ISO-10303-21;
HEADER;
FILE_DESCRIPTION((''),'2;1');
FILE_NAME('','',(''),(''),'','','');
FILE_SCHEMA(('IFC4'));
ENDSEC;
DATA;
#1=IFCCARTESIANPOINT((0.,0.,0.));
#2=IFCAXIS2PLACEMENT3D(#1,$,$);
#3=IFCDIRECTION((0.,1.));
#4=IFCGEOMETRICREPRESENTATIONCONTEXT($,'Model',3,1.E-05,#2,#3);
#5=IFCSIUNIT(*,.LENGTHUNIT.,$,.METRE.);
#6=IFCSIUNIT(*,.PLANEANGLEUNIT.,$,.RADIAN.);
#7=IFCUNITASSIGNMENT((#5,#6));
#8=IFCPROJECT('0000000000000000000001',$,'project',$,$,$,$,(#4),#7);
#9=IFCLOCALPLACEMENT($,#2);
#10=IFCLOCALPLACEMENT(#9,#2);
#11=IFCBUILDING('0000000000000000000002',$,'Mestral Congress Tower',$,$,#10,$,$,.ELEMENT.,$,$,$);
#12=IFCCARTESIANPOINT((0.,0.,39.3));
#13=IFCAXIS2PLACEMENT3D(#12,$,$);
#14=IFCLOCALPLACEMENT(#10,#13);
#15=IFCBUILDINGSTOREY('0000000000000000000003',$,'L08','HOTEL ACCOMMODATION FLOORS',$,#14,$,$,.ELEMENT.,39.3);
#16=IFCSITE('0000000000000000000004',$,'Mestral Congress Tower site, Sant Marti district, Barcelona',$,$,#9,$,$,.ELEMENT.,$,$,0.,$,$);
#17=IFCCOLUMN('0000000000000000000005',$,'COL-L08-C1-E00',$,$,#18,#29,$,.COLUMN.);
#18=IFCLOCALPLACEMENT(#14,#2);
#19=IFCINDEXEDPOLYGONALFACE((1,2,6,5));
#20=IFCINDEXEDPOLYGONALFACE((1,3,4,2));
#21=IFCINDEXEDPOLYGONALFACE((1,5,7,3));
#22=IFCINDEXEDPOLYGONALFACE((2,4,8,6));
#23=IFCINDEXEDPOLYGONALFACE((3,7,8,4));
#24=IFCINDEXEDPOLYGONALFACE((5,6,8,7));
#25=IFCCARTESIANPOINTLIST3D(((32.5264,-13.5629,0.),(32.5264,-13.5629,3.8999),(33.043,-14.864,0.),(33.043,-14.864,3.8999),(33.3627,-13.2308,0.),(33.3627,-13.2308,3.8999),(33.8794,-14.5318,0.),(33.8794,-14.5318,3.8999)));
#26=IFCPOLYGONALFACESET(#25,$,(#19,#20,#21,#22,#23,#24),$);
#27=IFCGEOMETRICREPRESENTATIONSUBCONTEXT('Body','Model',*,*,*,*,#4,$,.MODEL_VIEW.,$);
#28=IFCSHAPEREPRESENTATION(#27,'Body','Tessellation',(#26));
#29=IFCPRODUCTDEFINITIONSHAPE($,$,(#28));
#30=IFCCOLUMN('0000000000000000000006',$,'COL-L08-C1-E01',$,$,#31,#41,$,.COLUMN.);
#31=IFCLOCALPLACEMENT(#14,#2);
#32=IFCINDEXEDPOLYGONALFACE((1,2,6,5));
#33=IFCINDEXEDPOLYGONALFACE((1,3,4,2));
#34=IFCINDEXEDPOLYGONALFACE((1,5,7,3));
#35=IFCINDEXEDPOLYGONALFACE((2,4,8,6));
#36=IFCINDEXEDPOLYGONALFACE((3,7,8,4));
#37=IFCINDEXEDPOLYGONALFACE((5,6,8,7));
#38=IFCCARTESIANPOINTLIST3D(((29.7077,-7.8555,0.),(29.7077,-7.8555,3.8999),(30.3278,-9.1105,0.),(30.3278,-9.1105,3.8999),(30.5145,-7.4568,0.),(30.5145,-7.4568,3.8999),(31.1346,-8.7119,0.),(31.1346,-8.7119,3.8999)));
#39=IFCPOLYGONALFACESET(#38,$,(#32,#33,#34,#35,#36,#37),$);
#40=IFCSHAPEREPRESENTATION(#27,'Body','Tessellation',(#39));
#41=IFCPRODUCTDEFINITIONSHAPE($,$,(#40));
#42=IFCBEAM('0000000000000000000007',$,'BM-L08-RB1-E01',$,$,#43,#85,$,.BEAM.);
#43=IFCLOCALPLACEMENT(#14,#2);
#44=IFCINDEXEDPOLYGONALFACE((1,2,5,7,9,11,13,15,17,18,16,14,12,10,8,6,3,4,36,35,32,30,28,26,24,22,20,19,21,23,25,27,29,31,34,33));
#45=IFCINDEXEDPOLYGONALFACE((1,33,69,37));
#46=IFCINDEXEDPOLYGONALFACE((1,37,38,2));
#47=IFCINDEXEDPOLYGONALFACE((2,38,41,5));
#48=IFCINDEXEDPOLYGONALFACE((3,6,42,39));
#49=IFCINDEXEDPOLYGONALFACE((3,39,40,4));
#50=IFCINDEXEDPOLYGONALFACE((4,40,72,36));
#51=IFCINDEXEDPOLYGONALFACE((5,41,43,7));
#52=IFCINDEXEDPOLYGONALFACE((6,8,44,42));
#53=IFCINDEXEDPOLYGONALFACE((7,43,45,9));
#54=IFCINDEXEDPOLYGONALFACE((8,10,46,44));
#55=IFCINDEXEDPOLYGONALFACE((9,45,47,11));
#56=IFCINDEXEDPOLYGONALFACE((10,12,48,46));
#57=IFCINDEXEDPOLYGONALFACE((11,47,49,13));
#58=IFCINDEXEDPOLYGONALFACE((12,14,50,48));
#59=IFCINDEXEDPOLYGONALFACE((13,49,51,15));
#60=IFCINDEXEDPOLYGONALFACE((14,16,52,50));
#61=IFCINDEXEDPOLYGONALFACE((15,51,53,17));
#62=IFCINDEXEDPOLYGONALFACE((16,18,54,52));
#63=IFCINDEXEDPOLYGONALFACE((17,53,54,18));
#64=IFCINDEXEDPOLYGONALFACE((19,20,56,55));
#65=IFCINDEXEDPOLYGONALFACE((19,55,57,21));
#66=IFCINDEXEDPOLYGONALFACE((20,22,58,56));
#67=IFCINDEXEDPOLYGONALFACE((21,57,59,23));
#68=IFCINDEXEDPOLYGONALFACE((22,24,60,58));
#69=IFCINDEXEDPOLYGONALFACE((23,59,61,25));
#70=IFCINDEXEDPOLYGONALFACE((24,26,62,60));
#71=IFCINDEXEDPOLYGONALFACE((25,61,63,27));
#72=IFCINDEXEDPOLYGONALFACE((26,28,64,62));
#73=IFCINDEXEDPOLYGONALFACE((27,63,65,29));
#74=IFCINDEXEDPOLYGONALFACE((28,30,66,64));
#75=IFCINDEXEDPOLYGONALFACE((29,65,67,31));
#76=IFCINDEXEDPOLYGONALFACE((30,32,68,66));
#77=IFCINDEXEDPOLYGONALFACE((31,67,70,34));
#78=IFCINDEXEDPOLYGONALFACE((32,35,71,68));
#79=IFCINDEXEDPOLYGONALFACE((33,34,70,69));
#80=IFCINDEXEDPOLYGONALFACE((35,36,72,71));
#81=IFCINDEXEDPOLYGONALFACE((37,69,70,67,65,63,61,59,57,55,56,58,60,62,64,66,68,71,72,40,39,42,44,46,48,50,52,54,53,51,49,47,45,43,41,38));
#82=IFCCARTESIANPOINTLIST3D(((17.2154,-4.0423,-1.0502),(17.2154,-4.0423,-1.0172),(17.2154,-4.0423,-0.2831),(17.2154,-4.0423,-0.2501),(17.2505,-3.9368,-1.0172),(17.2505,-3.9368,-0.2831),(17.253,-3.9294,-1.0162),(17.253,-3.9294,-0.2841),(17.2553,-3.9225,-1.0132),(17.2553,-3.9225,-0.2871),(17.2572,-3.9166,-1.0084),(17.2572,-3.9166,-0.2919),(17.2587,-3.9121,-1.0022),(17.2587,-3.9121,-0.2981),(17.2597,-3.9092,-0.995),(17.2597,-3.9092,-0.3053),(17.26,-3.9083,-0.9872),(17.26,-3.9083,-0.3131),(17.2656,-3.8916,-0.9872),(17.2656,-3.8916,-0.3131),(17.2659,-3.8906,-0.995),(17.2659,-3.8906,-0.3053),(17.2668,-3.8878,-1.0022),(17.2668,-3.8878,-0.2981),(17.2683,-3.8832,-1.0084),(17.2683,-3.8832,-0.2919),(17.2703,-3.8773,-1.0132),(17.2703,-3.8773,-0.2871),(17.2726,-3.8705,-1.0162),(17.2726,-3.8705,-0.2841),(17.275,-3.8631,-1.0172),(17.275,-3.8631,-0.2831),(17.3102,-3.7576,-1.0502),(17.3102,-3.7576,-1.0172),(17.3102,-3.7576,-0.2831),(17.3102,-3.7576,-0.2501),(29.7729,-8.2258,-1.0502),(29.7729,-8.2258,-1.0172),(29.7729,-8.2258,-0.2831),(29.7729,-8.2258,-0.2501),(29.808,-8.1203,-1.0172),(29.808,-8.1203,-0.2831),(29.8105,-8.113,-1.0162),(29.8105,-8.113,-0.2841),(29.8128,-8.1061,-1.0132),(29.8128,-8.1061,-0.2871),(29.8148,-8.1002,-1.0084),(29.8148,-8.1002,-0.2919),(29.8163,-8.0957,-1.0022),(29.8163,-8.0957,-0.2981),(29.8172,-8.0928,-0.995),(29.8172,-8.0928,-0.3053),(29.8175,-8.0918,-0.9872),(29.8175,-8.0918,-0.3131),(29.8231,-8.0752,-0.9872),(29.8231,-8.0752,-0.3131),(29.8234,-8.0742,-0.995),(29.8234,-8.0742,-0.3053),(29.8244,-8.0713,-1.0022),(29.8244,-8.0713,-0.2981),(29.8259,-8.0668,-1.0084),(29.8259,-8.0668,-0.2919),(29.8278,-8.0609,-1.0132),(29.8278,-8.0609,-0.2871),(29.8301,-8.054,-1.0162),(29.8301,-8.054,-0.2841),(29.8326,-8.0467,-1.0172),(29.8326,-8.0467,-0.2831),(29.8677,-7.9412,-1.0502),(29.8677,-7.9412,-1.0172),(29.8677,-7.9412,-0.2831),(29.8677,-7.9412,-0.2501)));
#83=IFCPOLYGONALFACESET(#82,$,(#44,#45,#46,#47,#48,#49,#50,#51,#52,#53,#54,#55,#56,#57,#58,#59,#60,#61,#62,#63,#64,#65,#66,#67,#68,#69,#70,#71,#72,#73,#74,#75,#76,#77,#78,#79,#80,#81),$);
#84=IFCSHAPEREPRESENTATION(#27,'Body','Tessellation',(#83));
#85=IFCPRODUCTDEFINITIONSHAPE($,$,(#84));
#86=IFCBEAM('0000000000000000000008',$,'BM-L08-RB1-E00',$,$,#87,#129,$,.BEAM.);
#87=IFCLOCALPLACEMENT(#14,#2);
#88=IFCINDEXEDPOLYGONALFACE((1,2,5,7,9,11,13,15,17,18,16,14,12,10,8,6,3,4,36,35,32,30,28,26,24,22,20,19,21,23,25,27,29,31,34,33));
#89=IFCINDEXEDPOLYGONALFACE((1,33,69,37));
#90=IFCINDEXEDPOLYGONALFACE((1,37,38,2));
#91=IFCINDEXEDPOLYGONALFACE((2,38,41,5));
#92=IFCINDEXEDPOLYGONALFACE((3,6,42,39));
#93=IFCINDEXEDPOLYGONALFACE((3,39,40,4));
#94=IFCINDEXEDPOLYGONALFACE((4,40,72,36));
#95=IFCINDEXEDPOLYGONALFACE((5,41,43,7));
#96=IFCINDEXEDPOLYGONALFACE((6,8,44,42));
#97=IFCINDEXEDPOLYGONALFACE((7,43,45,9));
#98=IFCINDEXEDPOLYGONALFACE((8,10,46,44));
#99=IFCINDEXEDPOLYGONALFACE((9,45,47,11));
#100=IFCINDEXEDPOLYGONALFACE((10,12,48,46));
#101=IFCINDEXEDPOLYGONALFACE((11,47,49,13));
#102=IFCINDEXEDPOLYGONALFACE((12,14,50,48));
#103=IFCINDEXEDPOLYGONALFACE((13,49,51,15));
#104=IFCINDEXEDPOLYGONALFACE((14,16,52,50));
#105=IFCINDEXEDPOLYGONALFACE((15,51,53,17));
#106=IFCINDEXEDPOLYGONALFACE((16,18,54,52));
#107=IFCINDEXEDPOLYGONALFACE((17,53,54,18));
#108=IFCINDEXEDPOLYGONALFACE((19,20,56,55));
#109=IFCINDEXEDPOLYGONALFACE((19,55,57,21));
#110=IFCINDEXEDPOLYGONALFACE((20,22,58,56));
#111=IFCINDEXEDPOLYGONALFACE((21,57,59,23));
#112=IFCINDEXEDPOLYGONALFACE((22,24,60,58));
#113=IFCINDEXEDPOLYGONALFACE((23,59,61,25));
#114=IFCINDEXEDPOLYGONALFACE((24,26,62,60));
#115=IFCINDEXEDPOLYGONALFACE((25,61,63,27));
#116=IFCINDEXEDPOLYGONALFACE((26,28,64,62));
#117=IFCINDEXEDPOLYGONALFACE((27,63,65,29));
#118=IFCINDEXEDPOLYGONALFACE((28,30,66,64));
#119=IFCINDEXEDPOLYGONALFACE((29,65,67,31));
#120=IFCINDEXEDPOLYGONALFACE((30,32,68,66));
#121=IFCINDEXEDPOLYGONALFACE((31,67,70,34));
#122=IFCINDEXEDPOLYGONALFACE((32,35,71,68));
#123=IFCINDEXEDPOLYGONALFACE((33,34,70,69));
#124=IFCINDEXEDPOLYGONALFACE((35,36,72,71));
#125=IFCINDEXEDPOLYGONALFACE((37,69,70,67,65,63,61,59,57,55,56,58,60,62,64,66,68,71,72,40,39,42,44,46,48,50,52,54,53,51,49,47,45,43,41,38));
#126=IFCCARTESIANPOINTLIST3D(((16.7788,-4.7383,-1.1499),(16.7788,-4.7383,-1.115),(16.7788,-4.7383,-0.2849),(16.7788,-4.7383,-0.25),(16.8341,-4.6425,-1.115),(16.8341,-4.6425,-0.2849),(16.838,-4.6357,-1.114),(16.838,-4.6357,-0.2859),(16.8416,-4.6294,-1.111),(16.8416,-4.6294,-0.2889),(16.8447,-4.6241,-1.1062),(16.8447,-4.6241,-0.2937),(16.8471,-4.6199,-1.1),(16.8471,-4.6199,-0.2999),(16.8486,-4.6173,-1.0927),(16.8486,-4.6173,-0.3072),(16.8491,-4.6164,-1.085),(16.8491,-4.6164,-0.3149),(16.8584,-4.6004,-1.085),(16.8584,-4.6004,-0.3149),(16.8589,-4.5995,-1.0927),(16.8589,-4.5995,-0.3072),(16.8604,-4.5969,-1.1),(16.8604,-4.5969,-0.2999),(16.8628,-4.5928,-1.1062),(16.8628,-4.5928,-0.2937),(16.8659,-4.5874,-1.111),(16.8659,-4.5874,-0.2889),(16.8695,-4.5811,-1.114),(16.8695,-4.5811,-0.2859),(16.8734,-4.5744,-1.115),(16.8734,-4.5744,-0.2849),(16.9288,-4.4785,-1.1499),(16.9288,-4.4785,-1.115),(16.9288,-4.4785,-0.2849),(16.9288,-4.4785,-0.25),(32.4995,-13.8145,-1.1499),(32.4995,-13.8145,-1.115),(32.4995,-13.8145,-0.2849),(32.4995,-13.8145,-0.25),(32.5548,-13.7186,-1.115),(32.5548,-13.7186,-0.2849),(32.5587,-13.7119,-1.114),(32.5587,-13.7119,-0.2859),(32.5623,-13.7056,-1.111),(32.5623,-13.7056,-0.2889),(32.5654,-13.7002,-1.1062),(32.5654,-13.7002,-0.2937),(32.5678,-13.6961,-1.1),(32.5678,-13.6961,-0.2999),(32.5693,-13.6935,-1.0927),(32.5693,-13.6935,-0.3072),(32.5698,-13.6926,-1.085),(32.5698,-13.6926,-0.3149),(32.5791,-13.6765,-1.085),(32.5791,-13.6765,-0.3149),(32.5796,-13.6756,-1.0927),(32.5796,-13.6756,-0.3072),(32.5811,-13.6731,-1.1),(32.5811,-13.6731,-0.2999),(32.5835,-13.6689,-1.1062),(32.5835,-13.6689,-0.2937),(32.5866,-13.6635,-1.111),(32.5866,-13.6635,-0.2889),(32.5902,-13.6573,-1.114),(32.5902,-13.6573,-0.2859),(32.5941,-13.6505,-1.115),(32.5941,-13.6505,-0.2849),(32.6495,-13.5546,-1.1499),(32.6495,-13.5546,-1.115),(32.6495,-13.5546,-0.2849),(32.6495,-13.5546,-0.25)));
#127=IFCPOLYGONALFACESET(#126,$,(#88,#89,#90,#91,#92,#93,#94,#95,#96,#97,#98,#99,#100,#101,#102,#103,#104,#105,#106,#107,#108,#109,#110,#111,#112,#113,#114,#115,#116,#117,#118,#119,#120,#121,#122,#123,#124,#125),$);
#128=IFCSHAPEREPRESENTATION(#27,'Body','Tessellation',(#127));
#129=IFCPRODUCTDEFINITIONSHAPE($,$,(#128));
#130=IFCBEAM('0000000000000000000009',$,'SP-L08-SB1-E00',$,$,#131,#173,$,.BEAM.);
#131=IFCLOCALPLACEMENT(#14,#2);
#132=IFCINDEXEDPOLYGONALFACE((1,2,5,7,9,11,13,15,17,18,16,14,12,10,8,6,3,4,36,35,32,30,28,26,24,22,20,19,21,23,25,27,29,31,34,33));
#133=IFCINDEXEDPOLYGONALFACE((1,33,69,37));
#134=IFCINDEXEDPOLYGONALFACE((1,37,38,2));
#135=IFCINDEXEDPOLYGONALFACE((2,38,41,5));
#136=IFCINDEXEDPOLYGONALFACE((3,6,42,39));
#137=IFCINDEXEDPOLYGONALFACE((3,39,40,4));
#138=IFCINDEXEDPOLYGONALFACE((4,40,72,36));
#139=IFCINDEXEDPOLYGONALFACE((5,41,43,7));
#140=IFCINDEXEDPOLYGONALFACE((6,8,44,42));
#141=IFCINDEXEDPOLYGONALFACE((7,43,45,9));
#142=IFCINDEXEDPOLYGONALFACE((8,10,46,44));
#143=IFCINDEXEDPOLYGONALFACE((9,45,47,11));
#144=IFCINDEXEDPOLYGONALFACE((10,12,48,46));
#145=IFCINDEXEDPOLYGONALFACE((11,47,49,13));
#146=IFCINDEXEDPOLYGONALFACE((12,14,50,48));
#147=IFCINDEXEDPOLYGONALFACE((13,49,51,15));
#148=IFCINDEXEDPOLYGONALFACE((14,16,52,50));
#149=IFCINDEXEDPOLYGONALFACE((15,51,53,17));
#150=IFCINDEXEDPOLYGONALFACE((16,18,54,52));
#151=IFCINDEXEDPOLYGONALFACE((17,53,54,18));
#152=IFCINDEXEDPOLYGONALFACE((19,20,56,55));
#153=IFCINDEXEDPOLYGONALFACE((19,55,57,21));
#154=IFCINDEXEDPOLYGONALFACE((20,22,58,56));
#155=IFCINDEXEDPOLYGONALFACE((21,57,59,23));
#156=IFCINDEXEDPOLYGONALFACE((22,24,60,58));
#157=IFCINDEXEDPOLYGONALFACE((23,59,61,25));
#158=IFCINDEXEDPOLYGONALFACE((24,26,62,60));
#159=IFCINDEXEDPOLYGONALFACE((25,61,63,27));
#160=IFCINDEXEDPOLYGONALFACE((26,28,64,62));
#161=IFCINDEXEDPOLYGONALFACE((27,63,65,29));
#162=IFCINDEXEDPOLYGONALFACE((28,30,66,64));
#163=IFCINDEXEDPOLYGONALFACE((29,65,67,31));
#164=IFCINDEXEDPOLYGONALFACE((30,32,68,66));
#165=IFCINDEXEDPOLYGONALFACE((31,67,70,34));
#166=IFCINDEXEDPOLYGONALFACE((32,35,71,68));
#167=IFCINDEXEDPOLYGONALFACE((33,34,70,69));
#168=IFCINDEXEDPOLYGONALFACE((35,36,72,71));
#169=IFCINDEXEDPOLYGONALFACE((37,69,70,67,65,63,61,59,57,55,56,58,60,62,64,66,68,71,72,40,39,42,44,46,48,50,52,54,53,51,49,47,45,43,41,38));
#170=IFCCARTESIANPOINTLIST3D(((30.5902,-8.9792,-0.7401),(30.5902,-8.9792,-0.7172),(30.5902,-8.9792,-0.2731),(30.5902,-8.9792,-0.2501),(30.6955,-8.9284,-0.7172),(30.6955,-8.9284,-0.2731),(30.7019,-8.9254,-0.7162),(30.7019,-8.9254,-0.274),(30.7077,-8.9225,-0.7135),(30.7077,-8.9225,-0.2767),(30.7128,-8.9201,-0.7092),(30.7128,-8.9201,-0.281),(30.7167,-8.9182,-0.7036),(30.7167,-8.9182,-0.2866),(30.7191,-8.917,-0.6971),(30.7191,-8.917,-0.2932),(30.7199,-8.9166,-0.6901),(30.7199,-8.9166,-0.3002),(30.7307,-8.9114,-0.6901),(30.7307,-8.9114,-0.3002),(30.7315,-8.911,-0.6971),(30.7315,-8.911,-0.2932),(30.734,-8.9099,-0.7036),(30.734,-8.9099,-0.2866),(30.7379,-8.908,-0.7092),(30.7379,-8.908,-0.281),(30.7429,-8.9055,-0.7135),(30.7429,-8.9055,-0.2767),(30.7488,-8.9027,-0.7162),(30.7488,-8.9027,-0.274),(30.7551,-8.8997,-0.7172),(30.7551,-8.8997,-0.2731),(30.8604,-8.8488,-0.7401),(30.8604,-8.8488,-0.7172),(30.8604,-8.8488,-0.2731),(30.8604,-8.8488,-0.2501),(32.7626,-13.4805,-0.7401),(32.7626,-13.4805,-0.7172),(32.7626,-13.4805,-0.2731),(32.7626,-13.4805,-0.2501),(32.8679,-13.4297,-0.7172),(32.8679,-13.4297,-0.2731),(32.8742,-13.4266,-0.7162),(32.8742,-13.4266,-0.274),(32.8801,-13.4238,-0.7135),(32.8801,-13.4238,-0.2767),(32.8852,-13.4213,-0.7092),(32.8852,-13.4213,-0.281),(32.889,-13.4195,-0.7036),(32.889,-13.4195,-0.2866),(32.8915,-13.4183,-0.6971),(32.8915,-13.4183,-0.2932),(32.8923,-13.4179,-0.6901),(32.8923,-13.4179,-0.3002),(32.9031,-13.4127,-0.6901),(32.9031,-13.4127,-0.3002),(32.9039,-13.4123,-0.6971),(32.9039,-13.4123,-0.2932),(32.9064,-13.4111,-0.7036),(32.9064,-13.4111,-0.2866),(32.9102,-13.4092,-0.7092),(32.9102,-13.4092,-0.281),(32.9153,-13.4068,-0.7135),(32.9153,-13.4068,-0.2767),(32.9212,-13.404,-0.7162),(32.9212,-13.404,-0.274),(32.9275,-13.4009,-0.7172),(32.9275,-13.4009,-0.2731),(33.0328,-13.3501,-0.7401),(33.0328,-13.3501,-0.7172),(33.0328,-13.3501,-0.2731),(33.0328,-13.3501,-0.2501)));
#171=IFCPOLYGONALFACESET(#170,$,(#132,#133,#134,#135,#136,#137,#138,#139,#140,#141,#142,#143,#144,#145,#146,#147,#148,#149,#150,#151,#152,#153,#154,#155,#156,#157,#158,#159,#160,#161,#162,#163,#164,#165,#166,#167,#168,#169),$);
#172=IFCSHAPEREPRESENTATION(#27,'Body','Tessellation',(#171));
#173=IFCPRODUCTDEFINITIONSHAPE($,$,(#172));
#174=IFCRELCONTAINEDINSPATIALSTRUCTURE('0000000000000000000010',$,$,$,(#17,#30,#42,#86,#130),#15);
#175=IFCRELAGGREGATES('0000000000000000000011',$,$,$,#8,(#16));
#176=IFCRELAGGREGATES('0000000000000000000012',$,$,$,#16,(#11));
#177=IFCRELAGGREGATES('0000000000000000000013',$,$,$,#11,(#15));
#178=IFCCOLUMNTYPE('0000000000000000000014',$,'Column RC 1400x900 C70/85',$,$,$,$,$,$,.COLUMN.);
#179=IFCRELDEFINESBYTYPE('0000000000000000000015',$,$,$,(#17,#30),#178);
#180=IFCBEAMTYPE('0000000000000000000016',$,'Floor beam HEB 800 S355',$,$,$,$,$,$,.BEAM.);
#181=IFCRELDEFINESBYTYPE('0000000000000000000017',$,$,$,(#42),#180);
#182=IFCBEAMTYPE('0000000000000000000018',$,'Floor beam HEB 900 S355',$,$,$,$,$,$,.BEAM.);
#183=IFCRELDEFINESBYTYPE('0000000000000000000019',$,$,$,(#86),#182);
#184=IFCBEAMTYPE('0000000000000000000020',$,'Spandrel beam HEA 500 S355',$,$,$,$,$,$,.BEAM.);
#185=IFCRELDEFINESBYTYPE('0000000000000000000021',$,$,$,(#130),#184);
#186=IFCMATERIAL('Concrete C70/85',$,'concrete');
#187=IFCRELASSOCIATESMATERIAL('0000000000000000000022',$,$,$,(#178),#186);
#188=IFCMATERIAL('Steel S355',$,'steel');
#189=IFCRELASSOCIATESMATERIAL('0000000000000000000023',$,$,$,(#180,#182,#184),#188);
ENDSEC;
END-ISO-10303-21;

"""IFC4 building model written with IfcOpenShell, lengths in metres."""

from ifc_helpers import new_model, si_unit, direction, frame, origin, origin_2d, place, context, subcontext, project, spatial, rectangle, i_section, extrude, material, material_profile, profile_set, type_object, element, save


model = new_model("IFC4")

# Units and contexts
model_context = context("Model", 3, precision=1e-05, world=origin(), true_north=direction((0.0, 1.0)))
body_context = subcontext(model_context, "Body", "Model", "MODEL_VIEW")
ifc_project = project(units=[si_unit("LENGTHUNIT", "METRE"), si_unit("PLANEANGLEUNIT", "RADIAN")], contexts=[model_context])

# Site, building, storey
site_placement = place(None, origin())
site = spatial("IfcSite", under=ifc_project, at=site_placement, Name="Mestral Congress Tower site, Sant Marti district, Barcelona", CompositionType="ELEMENT", RefElevation=0.0)
building_placement = place(site_placement, origin())
building = spatial("IfcBuilding", under=site, at=building_placement, Name="Mestral Congress Tower", CompositionType="ELEMENT")
storey_placement = place(building_placement, frame((0.0, 0.0, 39.3)))
storey = spatial("IfcBuildingStorey", under=building, at=storey_placement, Name="L08", Description="HOTEL ACCOMMODATION FLOORS", CompositionType="ELEMENT", Elevation=39.3)

# Columns
ifc_material_1 = material(Name="Concrete C70/85", Category="concrete")
ifc_material_profile_1 = material_profile(ifc_material_1, rectangle(XDim=1.3999, YDim=0.8999, at=origin_2d()), Name="RC 1400x900")
ifc_profile_set_1 = profile_set([ifc_material_profile_1], Name="Concrete C70/85")
column_type = type_object("IfcColumnType", Name="Column RC 1400x900 C70/85", PredefinedType="COLUMN", material=ifc_profile_set_1)
for number, where, z_axis, x_axis, name in (
    (1, (33.2029, -14.0474, 0.0), (0.0, 0.0, 1.0), (-0.36909, 0.929394, 0.0), "COL-L08-C1-E00"),
    (2, (30.4211, -8.2837, 0.0), (0.0, 0.0, 1.0), (-0.442959, 0.896542, 0.0), "COL-L08-C1-E01"),
):
    element("IfcColumn", number, at=place(storey_placement, frame(where, z_axis=z_axis, x_axis=x_axis)), inside=storey, type_object=column_type, Name=name, PredefinedType="COLUMN", context=body_context, shape_type="SweptSolid", body=[
        extrude(rectangle(XDim=1.3999, YDim=0.8999, at=origin_2d()), origin(), (0.0, 0.0, 1.0), 3.8999),
    ])

# Beams
ifc_material_2 = material(Name="Steel S355", Category="steel")
ifc_material_profile_2 = material_profile(ifc_material_2, i_section(OverallWidth=0.3, OverallDepth=0.8, WebThickness=0.0176, FlangeThickness=0.033, FilletRadius=0.03, at=origin_2d()), Name="HEB 800")
ifc_profile_set_2 = profile_set([ifc_material_profile_2], Name="Steel S355")
beam_type_1 = type_object("IfcBeamType", Name="Floor beam HEB 800 S355", PredefinedType="BEAM", material=ifc_profile_set_2)
beam_1_placement = place(storey_placement, frame((29.8203, -8.0835, -0.6501), z_axis=(-0.948735, 0.316073, 0.0), x_axis=(-0.316073, -0.948735, 0.0)))
element("IfcBeam", 3, at=beam_1_placement, inside=storey, type_object=beam_type_1, Name="BM-L08-RB1-E01", PredefinedType="BEAM", context=body_context, shape_type="SweptSolid", body=[
    extrude(i_section(OverallWidth=0.3, OverallDepth=0.8, WebThickness=0.0176, FlangeThickness=0.033, FilletRadius=0.03, at=origin_2d()), origin(), (0.0, 0.0, 1.0), 13.2361),
])
ifc_material_profile_3 = material_profile(ifc_material_2, i_section(OverallWidth=0.3, OverallDepth=0.8999, WebThickness=0.0186, FlangeThickness=0.0349, FilletRadius=0.03, at=origin_2d()), Name="HEB 900")
ifc_profile_set_3 = profile_set([ifc_material_profile_3], Name="Steel S355")
beam_type_2 = type_object("IfcBeamType", Name="Floor beam HEB 900 S355", PredefinedType="BEAM", material=ifc_profile_set_3)
beam_2_placement = place(storey_placement, frame((32.5745, -13.6846, -0.7), z_axis=(-0.86603, 0.499993, 0.0), x_axis=(-0.499993, -0.86603, 0.0)))
element("IfcBeam", 4, at=beam_2_placement, inside=storey, type_object=beam_type_2, Name="BM-L08-RB1-E00", PredefinedType="BEAM", context=body_context, shape_type="SweptSolid", body=[
    extrude(i_section(OverallWidth=0.3, OverallDepth=0.8999, WebThickness=0.0186, FlangeThickness=0.0349, FilletRadius=0.03, at=origin_2d()), origin(), (0.0, 0.0, 1.0), 18.1526),
])
ifc_material_profile_4 = material_profile(ifc_material_2, i_section(OverallWidth=0.3, OverallDepth=0.49, WebThickness=0.012, FlangeThickness=0.0229, FilletRadius=0.0271, at=origin_2d()), Name="HEA 500")
ifc_profile_set_4 = profile_set([ifc_material_profile_4], Name="Steel S355")
beam_type_3 = type_object("IfcBeamType", Name="Spandrel beam HEA 500 S355", PredefinedType="BEAM", material=ifc_profile_set_4)
beam_3_placement = place(storey_placement, frame((32.8977, -13.4153, -0.4951), z_axis=(-0.434645, 0.900602, 0.0), x_axis=(-0.900602, -0.434645, 0.0)))
element("IfcBeam", 5, at=beam_3_placement, inside=storey, type_object=beam_type_3, Name="SP-L08-SB1-E00", PredefinedType="BEAM", context=body_context, shape_type="SweptSolid", body=[
    extrude(i_section(OverallWidth=0.3, OverallDepth=0.49, WebThickness=0.012, FlangeThickness=0.0229, FilletRadius=0.0271, at=origin_2d()), origin(), (0.0, 0.0, 1.0), 4.998),
])

save(model, "model.ifc")
